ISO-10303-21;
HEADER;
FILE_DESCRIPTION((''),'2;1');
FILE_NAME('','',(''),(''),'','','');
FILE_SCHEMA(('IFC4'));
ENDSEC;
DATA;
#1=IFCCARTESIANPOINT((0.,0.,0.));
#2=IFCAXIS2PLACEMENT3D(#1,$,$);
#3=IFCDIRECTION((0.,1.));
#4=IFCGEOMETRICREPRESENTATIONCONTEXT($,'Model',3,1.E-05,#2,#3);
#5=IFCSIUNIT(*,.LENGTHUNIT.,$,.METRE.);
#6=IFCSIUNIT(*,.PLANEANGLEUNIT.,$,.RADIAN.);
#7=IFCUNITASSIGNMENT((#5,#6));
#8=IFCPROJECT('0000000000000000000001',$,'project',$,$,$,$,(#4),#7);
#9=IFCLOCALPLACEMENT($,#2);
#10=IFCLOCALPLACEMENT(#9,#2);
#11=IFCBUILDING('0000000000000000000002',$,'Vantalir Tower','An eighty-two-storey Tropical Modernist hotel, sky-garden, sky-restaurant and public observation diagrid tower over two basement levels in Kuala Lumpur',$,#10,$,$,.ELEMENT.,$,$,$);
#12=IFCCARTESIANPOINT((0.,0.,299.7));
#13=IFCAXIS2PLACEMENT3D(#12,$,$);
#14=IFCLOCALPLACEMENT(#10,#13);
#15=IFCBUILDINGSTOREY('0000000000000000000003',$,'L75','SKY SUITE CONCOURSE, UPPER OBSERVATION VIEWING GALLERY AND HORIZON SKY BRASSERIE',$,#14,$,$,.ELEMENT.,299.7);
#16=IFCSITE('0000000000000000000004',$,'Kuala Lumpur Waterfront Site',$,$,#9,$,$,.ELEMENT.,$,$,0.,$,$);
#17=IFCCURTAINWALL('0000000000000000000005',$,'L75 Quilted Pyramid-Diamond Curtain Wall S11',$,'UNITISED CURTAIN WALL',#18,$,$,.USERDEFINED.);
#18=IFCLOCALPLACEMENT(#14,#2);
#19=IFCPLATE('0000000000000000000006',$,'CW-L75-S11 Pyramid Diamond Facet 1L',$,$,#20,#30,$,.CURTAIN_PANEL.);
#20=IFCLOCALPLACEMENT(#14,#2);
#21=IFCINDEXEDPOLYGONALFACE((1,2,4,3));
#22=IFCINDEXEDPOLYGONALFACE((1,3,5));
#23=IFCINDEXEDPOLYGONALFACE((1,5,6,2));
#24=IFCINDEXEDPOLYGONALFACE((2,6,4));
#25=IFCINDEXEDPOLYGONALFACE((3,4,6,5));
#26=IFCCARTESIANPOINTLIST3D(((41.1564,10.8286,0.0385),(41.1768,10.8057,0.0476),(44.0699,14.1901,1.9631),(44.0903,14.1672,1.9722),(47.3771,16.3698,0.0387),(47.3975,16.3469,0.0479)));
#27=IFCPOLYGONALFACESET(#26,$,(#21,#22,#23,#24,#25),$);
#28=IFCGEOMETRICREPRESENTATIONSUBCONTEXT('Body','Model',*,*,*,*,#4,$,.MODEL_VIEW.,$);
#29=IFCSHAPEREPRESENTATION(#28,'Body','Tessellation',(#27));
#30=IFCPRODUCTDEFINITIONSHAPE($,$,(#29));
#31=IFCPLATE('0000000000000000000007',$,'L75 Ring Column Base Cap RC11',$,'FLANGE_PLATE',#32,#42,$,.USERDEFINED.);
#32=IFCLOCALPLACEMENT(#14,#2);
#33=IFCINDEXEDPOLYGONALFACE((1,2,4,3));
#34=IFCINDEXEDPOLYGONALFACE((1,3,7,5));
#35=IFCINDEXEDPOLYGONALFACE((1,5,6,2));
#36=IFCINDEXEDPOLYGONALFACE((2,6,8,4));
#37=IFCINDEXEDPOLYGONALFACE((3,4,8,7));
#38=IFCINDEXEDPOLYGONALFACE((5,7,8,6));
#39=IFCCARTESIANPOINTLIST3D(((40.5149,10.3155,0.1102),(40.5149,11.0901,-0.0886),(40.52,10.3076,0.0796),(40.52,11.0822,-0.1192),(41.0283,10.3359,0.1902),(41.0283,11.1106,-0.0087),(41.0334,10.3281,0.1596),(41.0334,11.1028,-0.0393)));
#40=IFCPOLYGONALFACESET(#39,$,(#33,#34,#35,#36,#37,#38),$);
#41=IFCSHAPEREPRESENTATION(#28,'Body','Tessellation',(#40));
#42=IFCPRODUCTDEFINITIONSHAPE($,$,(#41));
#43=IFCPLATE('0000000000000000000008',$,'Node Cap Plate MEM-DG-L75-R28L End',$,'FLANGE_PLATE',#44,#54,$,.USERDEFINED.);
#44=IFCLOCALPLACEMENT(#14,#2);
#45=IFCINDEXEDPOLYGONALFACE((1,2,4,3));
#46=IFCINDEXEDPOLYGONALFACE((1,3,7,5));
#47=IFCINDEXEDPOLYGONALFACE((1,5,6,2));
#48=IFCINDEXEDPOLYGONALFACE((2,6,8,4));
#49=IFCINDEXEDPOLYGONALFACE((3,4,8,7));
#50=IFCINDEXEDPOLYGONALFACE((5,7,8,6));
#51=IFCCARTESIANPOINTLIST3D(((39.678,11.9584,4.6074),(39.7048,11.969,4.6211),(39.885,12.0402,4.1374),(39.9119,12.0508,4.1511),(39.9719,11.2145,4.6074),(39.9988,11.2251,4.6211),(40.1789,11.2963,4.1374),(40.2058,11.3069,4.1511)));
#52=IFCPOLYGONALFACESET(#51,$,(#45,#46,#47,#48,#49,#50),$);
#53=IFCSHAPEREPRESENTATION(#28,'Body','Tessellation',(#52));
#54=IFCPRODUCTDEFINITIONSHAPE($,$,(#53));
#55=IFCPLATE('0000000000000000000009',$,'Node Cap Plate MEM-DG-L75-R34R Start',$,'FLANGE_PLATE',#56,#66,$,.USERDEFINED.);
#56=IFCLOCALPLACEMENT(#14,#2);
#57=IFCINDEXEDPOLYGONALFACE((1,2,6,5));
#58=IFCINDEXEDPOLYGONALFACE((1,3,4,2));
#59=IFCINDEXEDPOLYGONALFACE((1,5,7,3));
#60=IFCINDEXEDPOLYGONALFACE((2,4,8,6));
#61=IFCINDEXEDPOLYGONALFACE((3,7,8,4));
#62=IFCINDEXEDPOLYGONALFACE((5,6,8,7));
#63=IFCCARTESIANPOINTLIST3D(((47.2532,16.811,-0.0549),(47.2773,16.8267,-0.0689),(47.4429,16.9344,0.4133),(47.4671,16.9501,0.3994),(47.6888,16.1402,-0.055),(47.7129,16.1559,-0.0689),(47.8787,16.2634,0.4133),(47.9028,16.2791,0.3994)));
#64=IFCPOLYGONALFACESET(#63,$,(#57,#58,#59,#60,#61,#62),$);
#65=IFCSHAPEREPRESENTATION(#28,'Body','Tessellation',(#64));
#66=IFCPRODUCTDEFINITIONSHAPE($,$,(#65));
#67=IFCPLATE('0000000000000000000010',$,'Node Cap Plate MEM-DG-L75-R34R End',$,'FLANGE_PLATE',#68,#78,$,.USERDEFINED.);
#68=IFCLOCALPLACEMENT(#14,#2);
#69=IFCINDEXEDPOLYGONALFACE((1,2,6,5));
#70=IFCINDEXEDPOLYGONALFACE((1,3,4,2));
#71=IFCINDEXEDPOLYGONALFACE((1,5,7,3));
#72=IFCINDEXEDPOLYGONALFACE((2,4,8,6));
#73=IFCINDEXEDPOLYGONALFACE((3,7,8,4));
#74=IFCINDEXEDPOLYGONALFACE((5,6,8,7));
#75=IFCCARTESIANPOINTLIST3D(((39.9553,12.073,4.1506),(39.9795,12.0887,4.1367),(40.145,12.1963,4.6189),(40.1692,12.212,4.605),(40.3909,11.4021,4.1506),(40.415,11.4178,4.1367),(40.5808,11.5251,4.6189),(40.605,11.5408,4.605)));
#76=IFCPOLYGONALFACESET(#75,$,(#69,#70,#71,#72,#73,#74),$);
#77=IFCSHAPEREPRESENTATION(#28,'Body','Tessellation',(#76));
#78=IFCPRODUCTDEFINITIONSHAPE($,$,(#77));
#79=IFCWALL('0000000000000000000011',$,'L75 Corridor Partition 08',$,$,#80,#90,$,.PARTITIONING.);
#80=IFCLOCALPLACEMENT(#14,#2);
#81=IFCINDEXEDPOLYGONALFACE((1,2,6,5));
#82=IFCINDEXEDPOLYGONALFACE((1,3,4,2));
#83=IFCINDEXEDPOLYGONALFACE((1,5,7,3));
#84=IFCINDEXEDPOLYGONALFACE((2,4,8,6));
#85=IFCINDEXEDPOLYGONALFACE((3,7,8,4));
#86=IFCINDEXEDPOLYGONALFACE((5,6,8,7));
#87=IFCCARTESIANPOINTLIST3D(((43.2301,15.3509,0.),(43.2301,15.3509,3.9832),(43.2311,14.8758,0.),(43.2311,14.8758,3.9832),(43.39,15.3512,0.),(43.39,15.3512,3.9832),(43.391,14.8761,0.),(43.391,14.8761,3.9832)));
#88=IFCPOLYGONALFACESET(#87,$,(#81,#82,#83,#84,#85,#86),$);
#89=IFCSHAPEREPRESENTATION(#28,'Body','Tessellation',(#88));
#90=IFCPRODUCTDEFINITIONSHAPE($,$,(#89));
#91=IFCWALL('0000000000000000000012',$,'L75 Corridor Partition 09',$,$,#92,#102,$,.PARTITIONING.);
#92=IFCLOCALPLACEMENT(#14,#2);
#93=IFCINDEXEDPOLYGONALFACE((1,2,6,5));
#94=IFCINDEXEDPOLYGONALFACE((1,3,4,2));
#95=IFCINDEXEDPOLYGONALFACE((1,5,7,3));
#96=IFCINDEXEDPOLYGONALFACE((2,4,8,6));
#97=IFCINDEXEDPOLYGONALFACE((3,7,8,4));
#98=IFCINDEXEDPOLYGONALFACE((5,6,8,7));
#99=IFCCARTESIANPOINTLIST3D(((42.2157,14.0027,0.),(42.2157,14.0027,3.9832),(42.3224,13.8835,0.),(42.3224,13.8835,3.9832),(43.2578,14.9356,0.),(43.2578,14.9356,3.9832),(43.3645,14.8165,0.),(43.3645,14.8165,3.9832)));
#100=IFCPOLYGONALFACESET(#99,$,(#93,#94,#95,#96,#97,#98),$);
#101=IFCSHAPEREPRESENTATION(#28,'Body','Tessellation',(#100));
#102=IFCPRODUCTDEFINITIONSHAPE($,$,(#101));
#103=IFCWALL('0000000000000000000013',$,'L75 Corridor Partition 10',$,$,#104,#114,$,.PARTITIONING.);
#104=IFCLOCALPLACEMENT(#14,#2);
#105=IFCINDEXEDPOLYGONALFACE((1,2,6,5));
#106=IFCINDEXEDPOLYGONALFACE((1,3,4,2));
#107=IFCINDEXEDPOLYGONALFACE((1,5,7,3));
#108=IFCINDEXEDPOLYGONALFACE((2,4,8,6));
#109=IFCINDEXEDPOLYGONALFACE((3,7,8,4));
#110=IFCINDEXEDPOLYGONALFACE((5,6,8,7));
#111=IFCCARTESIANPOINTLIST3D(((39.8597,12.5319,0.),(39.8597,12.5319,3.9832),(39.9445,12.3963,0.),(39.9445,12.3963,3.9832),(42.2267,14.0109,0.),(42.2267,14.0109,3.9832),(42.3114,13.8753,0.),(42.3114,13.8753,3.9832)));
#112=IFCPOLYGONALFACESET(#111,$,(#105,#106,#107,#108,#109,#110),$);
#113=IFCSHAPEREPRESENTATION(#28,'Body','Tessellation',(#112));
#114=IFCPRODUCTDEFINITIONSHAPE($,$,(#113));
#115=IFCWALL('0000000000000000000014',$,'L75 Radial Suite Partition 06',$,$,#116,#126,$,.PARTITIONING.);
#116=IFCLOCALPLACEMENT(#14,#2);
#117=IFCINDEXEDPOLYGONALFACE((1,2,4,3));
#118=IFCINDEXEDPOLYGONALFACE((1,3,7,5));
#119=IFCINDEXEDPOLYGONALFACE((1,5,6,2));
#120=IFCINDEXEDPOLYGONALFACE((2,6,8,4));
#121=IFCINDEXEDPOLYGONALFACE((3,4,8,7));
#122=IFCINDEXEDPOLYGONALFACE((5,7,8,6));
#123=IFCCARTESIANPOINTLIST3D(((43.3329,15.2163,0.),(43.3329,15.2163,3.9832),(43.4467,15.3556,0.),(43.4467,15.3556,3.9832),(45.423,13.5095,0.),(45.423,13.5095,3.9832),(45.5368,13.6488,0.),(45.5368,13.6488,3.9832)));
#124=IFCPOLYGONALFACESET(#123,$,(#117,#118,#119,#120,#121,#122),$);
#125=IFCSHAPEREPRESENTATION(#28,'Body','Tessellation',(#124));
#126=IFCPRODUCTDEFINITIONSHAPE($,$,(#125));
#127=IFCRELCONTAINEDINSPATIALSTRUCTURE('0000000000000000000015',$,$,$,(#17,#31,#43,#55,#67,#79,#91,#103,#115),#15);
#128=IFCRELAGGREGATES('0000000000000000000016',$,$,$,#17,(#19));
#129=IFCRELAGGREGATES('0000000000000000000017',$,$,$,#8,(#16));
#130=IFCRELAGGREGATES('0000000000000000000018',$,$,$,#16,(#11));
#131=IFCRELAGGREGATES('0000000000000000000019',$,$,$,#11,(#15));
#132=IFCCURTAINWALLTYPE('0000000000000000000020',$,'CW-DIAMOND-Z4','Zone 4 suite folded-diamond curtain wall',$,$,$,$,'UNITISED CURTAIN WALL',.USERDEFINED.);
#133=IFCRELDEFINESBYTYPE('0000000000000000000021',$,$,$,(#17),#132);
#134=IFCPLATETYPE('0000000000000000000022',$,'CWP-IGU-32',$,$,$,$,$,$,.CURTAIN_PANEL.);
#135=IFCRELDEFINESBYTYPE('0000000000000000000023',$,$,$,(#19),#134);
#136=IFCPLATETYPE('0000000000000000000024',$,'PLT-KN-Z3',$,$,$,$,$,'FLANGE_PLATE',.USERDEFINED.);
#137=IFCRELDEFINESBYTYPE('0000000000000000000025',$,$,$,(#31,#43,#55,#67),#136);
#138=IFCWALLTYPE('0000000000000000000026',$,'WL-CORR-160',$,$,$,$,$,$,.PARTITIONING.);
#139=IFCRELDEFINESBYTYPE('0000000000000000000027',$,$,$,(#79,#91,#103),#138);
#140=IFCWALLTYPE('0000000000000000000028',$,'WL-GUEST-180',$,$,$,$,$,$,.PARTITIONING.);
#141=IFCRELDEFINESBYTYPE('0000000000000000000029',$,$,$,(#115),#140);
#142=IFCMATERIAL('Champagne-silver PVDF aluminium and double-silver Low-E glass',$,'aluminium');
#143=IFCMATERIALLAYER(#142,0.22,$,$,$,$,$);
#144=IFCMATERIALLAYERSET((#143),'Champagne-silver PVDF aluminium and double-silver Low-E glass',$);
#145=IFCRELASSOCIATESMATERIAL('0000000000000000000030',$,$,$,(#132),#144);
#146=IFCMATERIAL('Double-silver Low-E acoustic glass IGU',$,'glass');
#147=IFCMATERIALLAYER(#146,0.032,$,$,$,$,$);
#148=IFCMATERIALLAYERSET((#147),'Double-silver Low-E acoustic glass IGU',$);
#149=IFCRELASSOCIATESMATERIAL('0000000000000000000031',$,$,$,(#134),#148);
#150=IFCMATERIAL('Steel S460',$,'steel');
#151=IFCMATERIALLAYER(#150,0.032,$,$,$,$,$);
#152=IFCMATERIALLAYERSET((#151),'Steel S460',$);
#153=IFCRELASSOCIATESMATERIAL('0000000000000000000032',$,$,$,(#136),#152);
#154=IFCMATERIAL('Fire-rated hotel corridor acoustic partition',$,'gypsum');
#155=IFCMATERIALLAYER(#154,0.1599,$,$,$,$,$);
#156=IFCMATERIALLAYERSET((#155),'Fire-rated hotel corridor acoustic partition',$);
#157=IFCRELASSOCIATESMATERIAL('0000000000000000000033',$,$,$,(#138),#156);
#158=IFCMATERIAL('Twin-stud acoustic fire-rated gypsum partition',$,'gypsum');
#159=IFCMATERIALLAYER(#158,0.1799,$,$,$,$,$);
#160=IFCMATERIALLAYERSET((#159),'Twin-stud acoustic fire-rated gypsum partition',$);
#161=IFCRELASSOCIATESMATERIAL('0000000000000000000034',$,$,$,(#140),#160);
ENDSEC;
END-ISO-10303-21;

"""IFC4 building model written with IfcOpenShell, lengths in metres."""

from ifc_helpers import new_model, si_unit, direction, frame, frame_2d, origin, place, context, subcontext, project, spatial, polyline, rectangle, outline, extrude, material, layer, layer_set, type_object, element, aggregate, save


model = new_model("IFC4")

# Units and contexts
model_context = context("Model", 3, precision=1e-05, world=origin(), true_north=direction((0.0, 1.0)))
body_context = subcontext(model_context, "Body", "Model", "MODEL_VIEW")
ifc_project = project(units=[si_unit("LENGTHUNIT", "METRE"), si_unit("PLANEANGLEUNIT", "RADIAN")], contexts=[model_context])

# Site, building, storey
site_placement = place(None, origin())
site = spatial("IfcSite", under=ifc_project, at=site_placement, Name="Kuala Lumpur Waterfront Site", CompositionType="ELEMENT", RefElevation=0.0)
building_placement = place(site_placement, origin())
building = spatial("IfcBuilding", under=site, at=building_placement, Name="Vantalir Tower", Description="An eighty-two-storey Tropical Modernist hotel, sky-garden, sky-restaurant and public observation diagrid tower over two basement levels in Kuala Lumpur", CompositionType="ELEMENT")
storey_placement = place(building_placement, frame((0.0, 0.0, 299.7)))
storey = spatial("IfcBuildingStorey", under=building, at=storey_placement, Name="L75", Description="SKY SUITE CONCOURSE, UPPER OBSERVATION VIEWING GALLERY AND HORIZON SKY BRASSERIE", CompositionType="ELEMENT", Elevation=299.7)

# Shared definitions
ifc_material_1 = material(Name="Steel S460", Category="steel")

# Shared definitions
ifc_material_2 = material(Name="Champagne-silver PVDF aluminium and double-silver Low-E glass", Category="aluminium")
ifc_layer_1 = layer(ifc_material_2, 0.22)
ifc_layer_set_1 = layer_set([ifc_layer_1], Name="Champagne-silver PVDF aluminium and double-silver Low-E glass")
curtain_wall_type = type_object("IfcCurtainWallType", Name="CW-DIAMOND-Z4", Description="Zone 4 suite folded-diamond curtain wall", ElementType="UNITISED CURTAIN WALL", PredefinedType="USERDEFINED", material=ifc_layer_set_1)

# Curtain wall
curtain_wall_1_placement = place(storey_placement, origin())
curtain_wall_1 = element("IfcCurtainWall", 1, at=curtain_wall_1_placement, inside=storey, type_object=curtain_wall_type, Name="L75 Quilted Pyramid-Diamond Curtain Wall S11", ObjectType="UNITISED CURTAIN WALL", PredefinedType="USERDEFINED")

# Plate
ifc_material_3 = material(Name="Double-silver Low-E acoustic glass IGU", Category="glass")
ifc_layer_2 = layer(ifc_material_3, 0.032)
ifc_layer_set_2 = layer_set([ifc_layer_2], Name="Double-silver Low-E acoustic glass IGU")
plate_type_1 = type_object("IfcPlateType", Name="CWP-IGU-32", PredefinedType="CURTAIN_PANEL", material=ifc_layer_set_2)
plate_1_placement = place(storey_placement, frame((41.1768, 10.8057, 0.0476), z_axis=(0.637563, -0.715751, 0.28498), x_axis=(0.746709, 0.665151, 0.000029)))
plate_1 = element("IfcPlate", 2, at=plate_1_placement, type_object=plate_type_1, Name="CW-L75-S11 Pyramid Diamond Facet 1L", PredefinedType="CURTAIN_PANEL", context=body_context, shape_type="SweptSolid", body=[
    extrude(outline(polyline([(0.0, 0.0), (8.3308, 0.0), (4.4116, 2.0077), (0.0, 0.0)])), origin(), (0.0, 0.0, -1.0), 0.032),
])
aggregate(curtain_wall_1, [plate_1])

# Plates
ifc_layer_3 = layer(ifc_material_1, 0.032)
ifc_layer_set_3 = layer_set([ifc_layer_3], Name="Steel S460")
plate_type_2 = type_object("IfcPlateType", Name="PLT-KN-Z3", ElementType="FLANGE_PLATE", PredefinedType="USERDEFINED", material=ifc_layer_set_3)
plate_2_placement = place(storey_placement, frame((40.5149, 11.0901, -0.0886), z_axis=(-0.158732, 0.245484, 0.956317), x_axis=(-0.000023, -0.968598, 0.248632)))
element("IfcPlate", 3, at=plate_2_placement, inside=storey, type_object=plate_type_2, Name="L75 Ring Column Base Cap RC11", ObjectType="FLANGE_PLATE", PredefinedType="USERDEFINED", context=body_context, shape_type="SweptSolid", body=[
    extrude(outline(polyline([(0.0, 0.0), (0.7997, 0.0), (0.7998, 0.52), (0.0, 0.52), (0.0, 0.0)])), origin(), (0.0, 0.0, -1.0), 0.032),
])
plate_3_placement = place(storey_placement, frame((40.2058, 11.3069, 4.1511), z_axis=(0.840512, 0.332122, 0.42806), x_axis=(-0.367493, 0.930026, 0.0)))
element("IfcPlate", 4, at=plate_3_placement, inside=storey, type_object=plate_type_2, Name="Node Cap Plate MEM-DG-L75-R28L End", ObjectType="FLANGE_PLATE", PredefinedType="USERDEFINED", context=body_context, shape_type="SweptSolid", body=[
    extrude(outline(polyline([(0.0, 0.0), (0.7999, 0.0), (0.7999, 0.52), (0.0, 0.52), (0.0, 0.0)])), origin(), (0.0, 0.0, -1.0), 0.032),
])
plate_4_placement = place(storey_placement, frame((47.2532, 16.811, -0.0549), z_axis=(-0.755094, -0.490344, 0.435197), x_axis=(0.544603, -0.838694, -0.00005)))
element("IfcPlate", 5, at=plate_4_placement, inside=storey, type_object=plate_type_2, Name="Node Cap Plate MEM-DG-L75-R34R Start", ObjectType="FLANGE_PLATE", PredefinedType="USERDEFINED", context=body_context, shape_type="SweptSolid", body=[
    extrude(outline(polyline([(0.0, 0.0), (0.7999, 0.0), (0.7999, 0.5201), (-0.0001, 0.5201), (0.0, 0.0)])), origin(), (0.0, 0.0, -1.0), 0.032),
])
plate_5_placement = place(storey_placement, frame((39.9553, 12.073, 4.1506), z_axis=(-0.755176, -0.490308, 0.435094), x_axis=(0.544547, -0.83873, -0.000018)))
element("IfcPlate", 6, at=plate_5_placement, inside=storey, type_object=plate_type_2, Name="Node Cap Plate MEM-DG-L75-R34R End", ObjectType="FLANGE_PLATE", PredefinedType="USERDEFINED", context=body_context, shape_type="SweptSolid", body=[
    extrude(outline(polyline([(0.0, 0.0), (0.7999, 0.0), (0.8001, 0.5201), (-0.0001, 0.5201), (0.0, 0.0)])), origin(), (0.0, 0.0, -1.0), 0.032),
])

# Walls
ifc_material_4 = material(Name="Fire-rated hotel corridor acoustic partition", Category="gypsum")
ifc_layer_4 = layer(ifc_material_4, 0.1599)
ifc_layer_set_4 = layer_set([ifc_layer_4], Name="Fire-rated hotel corridor acoustic partition")
wall_type_1 = type_object("IfcWallType", Name="WL-CORR-160", PredefinedType="PARTITIONING", material=ifc_layer_set_4)
wall_1_placement = place(storey_placement, frame((43.3101, 15.3511, 0.0), z_axis=(0.0, 0.0, 1.0), x_axis=(0.002055, -0.999998, 0.0)))
element("IfcWall", 7, at=wall_1_placement, inside=storey, type_object=wall_type_1, Name="L75 Corridor Partition 08", PredefinedType="PARTITIONING", context=body_context, shape_type="SweptSolid", body=[
    extrude(rectangle(XDim=0.4751, YDim=0.1599, at=frame_2d((0.2375, 0.0))), origin(), (0.0, 0.0, 1.0), 3.9832),
])
wall_2_placement = place(storey_placement, frame((43.311, 14.876, 0.0), z_axis=(0.0, 0.0, 1.0), x_axis=(-0.745045, -0.667014, 0.0)))
element("IfcWall", 8, at=wall_2_placement, inside=storey, type_object=wall_type_1, Name="L75 Corridor Partition 09", PredefinedType="PARTITIONING", context=body_context, shape_type="SweptSolid", body=[
    extrude(rectangle(XDim=1.3987, YDim=0.1599, at=frame_2d((0.6992, 0.0))), origin(), (0.0, 0.0, 1.0), 3.9832),
])
wall_3_placement = place(storey_placement, frame((42.269, 13.9431, 0.0), z_axis=(0.0, 0.0, 1.0), x_axis=(-0.848052, -0.529912, 0.0)))
element("IfcWall", 9, at=wall_3_placement, inside=storey, type_object=wall_type_1, Name="L75 Corridor Partition 10", PredefinedType="PARTITIONING", context=body_context, shape_type="SweptSolid", body=[
    extrude(rectangle(XDim=2.791, YDim=0.1599, at=frame_2d((1.3955, 0.0))), origin(), (0.0, 0.0, 1.0), 3.9832),
])
ifc_material_5 = material(Name="Twin-stud acoustic fire-rated gypsum partition", Category="gypsum")
ifc_layer_5 = layer(ifc_material_5, 0.1799)
ifc_layer_set_5 = layer_set([ifc_layer_5], Name="Twin-stud acoustic fire-rated gypsum partition")
wall_type_2 = type_object("IfcWallType", Name="WL-GUEST-180", PredefinedType="PARTITIONING", material=ifc_layer_set_5)
wall_4_placement = place(storey_placement, frame((43.3899, 15.2859, 0.0), z_axis=(0.0, 0.0, 1.0), x_axis=(0.774554, -0.632508, 0.0)))
element("IfcWall", 10, at=wall_4_placement, inside=storey, type_object=wall_type_2, Name="L75 Radial Suite Partition 06", PredefinedType="PARTITIONING", context=body_context, shape_type="SweptSolid", body=[
    extrude(rectangle(XDim=2.6985, YDim=0.1799, at=frame_2d((1.3491, 0.0))), origin(), (0.0, 0.0, 1.0), 3.9832),
])

save(model, "model.ifc")
